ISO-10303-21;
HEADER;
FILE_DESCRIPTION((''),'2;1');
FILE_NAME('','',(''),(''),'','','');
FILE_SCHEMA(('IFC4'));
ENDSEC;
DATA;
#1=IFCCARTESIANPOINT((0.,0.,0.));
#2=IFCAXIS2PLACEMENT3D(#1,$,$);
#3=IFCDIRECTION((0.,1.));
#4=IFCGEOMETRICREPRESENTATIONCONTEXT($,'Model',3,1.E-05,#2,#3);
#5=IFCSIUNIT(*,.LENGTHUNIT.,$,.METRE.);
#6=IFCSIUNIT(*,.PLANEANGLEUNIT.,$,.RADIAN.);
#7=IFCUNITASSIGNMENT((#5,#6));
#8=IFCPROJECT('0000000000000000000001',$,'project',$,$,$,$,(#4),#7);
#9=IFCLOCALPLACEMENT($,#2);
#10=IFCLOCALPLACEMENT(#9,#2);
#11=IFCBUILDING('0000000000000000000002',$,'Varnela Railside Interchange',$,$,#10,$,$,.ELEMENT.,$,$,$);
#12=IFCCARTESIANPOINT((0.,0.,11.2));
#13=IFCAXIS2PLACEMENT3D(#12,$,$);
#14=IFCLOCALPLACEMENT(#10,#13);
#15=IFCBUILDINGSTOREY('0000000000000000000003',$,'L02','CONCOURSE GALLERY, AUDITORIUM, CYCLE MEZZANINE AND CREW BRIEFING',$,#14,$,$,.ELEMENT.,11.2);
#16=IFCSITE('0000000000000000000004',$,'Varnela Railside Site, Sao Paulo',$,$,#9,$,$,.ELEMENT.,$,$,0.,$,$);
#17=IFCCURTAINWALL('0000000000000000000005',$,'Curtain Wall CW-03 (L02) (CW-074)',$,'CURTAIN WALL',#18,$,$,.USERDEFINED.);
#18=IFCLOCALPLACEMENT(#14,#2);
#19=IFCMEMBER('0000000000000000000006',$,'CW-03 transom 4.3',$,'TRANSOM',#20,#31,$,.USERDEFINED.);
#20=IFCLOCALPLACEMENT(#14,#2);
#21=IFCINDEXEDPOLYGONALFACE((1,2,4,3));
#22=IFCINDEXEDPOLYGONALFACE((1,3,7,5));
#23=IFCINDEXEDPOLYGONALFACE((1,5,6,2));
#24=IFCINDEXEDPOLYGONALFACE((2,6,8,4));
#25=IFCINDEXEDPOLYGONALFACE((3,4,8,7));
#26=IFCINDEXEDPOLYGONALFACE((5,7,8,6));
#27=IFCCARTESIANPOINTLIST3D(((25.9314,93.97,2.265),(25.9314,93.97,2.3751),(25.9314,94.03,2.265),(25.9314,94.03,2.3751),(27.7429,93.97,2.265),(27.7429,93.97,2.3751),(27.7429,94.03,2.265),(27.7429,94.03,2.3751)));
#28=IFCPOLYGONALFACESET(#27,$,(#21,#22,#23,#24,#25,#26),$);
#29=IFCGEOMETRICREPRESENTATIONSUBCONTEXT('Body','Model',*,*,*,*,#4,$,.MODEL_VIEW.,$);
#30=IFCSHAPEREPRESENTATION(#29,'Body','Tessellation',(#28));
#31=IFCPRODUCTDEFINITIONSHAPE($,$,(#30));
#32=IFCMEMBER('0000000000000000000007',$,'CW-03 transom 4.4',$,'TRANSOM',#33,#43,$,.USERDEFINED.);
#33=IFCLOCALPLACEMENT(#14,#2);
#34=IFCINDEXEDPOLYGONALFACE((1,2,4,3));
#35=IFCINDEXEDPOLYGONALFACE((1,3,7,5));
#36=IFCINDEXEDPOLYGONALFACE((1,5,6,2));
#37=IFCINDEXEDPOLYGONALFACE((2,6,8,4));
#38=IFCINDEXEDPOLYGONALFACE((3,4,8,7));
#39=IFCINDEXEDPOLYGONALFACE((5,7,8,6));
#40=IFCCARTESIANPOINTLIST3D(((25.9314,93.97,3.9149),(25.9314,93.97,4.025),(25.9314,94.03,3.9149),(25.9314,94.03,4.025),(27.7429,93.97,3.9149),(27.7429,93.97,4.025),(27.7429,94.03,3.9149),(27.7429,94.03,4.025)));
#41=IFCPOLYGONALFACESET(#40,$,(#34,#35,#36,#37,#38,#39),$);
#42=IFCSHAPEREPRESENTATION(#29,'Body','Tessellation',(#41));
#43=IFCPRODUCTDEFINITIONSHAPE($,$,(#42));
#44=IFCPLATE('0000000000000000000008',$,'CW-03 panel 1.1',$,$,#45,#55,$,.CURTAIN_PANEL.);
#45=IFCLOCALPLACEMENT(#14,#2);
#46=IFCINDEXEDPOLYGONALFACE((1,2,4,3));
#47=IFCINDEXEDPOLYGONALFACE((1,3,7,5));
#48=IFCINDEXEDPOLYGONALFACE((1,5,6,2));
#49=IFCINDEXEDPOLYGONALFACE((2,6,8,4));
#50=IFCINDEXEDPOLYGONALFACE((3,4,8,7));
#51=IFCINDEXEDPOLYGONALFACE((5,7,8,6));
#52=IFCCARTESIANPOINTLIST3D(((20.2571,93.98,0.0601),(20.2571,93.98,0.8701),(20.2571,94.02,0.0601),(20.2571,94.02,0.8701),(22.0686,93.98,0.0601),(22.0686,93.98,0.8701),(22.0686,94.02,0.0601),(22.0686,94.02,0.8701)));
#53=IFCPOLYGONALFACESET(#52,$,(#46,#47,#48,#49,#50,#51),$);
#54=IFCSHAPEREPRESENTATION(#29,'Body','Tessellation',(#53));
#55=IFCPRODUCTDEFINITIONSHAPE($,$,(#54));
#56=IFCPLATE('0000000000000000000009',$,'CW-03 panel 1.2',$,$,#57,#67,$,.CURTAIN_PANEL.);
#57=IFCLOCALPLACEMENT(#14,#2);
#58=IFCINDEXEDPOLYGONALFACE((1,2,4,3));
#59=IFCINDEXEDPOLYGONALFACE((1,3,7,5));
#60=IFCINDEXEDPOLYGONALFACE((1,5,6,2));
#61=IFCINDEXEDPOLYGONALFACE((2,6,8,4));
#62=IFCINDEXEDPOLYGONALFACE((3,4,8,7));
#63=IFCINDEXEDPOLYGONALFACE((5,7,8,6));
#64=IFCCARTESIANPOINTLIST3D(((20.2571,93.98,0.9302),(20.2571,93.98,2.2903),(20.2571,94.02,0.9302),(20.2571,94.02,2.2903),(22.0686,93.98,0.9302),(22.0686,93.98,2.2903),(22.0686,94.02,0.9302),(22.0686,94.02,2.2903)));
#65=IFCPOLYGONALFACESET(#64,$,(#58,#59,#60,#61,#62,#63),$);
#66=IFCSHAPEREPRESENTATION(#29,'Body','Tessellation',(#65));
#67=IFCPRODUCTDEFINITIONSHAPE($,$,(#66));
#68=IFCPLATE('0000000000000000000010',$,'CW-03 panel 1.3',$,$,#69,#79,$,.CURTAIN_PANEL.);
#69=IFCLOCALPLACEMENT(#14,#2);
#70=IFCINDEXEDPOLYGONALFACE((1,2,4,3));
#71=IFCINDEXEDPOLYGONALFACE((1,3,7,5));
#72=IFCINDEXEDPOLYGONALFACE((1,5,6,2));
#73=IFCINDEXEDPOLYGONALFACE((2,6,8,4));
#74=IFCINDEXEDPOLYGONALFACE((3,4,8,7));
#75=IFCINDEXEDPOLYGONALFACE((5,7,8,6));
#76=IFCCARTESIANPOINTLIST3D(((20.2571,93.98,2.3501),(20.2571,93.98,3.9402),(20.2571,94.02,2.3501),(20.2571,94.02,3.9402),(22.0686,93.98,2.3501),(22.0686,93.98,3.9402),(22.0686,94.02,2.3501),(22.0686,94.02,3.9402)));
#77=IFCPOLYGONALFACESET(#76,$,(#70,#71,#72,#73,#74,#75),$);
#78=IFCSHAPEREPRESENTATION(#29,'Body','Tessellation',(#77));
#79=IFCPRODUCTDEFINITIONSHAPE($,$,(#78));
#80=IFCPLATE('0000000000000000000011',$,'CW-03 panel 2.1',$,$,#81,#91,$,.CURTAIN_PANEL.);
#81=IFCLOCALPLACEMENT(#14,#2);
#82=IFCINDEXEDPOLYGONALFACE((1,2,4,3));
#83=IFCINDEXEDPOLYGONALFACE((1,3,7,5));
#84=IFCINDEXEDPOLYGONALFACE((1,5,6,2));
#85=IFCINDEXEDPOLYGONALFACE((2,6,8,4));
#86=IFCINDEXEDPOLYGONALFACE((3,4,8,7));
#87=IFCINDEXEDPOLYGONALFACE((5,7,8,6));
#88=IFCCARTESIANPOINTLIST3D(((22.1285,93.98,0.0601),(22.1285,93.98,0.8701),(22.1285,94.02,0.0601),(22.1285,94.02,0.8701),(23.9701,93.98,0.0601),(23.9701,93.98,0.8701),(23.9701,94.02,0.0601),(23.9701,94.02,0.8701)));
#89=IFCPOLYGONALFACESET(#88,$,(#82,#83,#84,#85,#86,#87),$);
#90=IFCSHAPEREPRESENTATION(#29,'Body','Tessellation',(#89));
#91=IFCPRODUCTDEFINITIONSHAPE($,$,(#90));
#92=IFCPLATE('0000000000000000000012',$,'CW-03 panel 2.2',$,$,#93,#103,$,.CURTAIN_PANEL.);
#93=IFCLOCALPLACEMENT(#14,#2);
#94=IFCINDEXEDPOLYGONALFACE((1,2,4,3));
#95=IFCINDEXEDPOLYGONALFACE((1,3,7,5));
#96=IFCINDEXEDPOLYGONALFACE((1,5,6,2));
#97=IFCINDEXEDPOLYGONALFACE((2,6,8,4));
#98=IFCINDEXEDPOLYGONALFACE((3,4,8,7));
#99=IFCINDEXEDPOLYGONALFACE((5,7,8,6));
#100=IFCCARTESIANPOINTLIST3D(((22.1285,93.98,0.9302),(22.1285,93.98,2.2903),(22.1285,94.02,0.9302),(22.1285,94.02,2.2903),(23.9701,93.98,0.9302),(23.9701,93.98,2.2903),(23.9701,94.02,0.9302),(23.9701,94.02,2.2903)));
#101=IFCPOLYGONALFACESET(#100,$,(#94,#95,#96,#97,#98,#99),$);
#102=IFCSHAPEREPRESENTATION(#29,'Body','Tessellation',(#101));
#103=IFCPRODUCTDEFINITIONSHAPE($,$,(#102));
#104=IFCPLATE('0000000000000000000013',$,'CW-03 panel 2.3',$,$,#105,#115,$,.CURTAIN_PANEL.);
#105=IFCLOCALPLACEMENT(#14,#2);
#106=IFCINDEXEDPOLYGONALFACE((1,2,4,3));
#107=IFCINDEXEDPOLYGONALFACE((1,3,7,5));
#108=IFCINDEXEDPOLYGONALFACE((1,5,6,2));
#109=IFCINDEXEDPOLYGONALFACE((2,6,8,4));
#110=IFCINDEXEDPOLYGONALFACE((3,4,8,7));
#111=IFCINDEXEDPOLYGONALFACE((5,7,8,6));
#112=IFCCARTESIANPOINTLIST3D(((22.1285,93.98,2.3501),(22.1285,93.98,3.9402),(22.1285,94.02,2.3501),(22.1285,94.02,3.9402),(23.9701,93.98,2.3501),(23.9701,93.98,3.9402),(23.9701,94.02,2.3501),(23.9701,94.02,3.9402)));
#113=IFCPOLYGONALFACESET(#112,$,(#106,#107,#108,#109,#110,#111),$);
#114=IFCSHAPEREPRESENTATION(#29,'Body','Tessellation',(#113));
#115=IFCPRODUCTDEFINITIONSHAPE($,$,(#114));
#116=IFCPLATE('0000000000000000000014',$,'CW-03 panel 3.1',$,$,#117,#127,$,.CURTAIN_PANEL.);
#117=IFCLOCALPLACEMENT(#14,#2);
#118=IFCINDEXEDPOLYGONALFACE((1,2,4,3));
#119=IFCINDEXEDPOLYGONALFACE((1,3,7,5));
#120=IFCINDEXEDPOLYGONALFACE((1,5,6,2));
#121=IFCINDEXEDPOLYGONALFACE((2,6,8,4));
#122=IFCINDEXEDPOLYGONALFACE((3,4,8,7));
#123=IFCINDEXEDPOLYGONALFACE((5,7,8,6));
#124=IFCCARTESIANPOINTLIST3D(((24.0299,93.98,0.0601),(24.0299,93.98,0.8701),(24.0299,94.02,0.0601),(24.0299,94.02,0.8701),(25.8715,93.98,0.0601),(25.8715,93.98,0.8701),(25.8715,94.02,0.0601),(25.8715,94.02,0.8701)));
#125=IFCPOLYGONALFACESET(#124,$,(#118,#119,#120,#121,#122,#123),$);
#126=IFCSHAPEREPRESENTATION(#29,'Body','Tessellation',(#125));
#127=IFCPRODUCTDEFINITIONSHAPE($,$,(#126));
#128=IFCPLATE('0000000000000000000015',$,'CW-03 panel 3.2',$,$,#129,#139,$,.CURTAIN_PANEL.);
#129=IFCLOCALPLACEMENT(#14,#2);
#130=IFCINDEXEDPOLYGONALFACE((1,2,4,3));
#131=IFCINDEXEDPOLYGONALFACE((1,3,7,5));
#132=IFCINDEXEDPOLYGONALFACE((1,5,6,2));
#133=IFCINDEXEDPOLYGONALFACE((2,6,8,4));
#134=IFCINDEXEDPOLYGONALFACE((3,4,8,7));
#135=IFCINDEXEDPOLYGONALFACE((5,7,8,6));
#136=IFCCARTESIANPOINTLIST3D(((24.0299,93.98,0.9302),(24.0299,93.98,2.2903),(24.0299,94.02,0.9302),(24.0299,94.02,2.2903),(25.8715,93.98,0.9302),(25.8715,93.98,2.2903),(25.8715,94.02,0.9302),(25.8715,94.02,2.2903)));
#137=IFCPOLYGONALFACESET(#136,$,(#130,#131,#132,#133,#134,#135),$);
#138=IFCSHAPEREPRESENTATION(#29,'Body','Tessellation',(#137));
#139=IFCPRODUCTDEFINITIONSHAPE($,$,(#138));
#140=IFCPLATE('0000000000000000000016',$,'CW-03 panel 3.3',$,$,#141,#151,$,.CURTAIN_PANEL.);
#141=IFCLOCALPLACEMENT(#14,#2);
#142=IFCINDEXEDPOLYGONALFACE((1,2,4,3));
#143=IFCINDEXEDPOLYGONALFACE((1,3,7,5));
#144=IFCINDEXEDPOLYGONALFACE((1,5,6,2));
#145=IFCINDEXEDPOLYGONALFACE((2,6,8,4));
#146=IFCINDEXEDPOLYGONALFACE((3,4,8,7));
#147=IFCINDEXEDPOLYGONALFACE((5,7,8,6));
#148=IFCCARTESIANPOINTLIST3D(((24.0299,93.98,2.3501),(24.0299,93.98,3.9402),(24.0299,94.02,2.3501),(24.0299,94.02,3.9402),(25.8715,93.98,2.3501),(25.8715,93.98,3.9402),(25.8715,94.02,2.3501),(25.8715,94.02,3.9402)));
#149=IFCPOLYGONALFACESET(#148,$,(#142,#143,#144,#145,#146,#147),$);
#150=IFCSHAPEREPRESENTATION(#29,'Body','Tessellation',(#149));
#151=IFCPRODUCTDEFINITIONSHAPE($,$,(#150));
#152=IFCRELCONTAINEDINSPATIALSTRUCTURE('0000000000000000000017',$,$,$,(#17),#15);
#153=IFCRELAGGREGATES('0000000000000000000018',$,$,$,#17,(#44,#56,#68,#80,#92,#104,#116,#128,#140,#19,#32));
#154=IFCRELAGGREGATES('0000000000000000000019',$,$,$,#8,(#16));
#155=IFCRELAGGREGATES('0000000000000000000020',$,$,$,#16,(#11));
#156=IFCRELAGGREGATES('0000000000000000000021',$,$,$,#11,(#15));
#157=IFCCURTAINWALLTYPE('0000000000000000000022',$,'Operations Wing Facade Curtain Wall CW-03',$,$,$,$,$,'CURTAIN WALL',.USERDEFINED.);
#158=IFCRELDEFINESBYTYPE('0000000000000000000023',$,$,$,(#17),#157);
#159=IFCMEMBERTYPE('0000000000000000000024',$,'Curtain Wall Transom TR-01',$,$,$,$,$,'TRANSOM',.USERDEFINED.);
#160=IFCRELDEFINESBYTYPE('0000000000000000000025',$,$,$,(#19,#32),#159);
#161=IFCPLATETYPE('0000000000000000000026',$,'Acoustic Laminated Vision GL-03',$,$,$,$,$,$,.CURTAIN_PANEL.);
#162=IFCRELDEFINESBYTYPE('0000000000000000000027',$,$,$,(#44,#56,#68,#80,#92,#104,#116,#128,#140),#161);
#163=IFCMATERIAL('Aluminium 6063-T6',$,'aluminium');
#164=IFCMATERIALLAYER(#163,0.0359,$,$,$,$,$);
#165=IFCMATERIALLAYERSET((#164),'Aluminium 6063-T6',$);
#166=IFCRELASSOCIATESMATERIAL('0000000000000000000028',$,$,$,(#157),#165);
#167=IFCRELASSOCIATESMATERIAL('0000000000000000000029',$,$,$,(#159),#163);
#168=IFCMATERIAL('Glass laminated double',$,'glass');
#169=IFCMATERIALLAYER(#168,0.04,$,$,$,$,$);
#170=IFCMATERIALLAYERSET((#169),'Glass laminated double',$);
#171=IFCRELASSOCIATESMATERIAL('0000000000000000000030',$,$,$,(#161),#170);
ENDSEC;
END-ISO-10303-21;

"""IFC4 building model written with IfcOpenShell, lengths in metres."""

from ifc_helpers import new_model, si_unit, direction, frame, origin, origin_2d, place, context, subcontext, project, spatial, rectangle, extrude, material, layer, layer_set, material_profile, profile_set, type_object, element, aggregate, save


model = new_model("IFC4")

# Units and contexts
model_context = context("Model", 3, precision=1e-05, world=origin(), true_north=direction((0.0, 1.0)))
body_context = subcontext(model_context, "Body", "Model", "MODEL_VIEW")
ifc_project = project(units=[si_unit("LENGTHUNIT", "METRE"), si_unit("PLANEANGLEUNIT", "RADIAN")], contexts=[model_context])

# Site, building, storey
site_placement = place(None, origin())
site = spatial("IfcSite", under=ifc_project, at=site_placement, Name="Varnela Railside Site, Sao Paulo", CompositionType="ELEMENT", RefElevation=0.0)
building_placement = place(site_placement, origin())
building = spatial("IfcBuilding", under=site, at=building_placement, Name="Varnela Railside Interchange", CompositionType="ELEMENT")
storey_placement = place(building_placement, frame((0.0, 0.0, 11.2)))
storey = spatial("IfcBuildingStorey", under=building, at=storey_placement, Name="L02", Description="CONCOURSE GALLERY, AUDITORIUM, CYCLE MEZZANINE AND CREW BRIEFING", CompositionType="ELEMENT", Elevation=11.2)

# Curtain wall, members, plates
ifc_material_1 = material(Name="Aluminium 6063-T6", Category="aluminium")
ifc_layer_1 = layer(ifc_material_1, 0.0359)
ifc_layer_set_1 = layer_set([ifc_layer_1], Name="Aluminium 6063-T6")
curtain_wall_type = type_object("IfcCurtainWallType", Name="Operations Wing Facade Curtain Wall CW-03", ElementType="CURTAIN WALL", PredefinedType="USERDEFINED", material=ifc_layer_set_1)
curtain_wall_placement = place(storey_placement, origin())
curtain_wall = element("IfcCurtainWall", 1, at=curtain_wall_placement, inside=storey, type_object=curtain_wall_type, Name="Curtain Wall CW-03 (L02) (CW-074)", ObjectType="CURTAIN WALL", PredefinedType="USERDEFINED")
ifc_material_profile_1 = material_profile(ifc_material_1, rectangle(XDim=0.0601, YDim=0.1101, at=origin_2d()), Name="ALU 60x110")
ifc_profile_set_1 = profile_set([ifc_material_profile_1], Name="Aluminium 6063-T6")
member_type_1 = type_object("IfcMemberType", Name="Curtain Wall Transom TR-01", ElementType="TRANSOM", PredefinedType="USERDEFINED", material=ifc_profile_set_1)
member_1_placement = place(storey_placement, frame((25.9314, 94.0, 2.3201), z_axis=(1.0, 0.0, 0.0), x_axis=(0.0, 1.0, 0.0)))
member_1 = element("IfcMember", 2, at=member_1_placement, type_object=member_type_1, Name="CW-03 transom 4.3", ObjectType="TRANSOM", PredefinedType="USERDEFINED", context=body_context, shape_type="SweptSolid", body=[
    extrude(rectangle(XDim=0.0601, YDim=0.1101, at=origin_2d()), origin(), (0.0, 0.0, 1.0), 1.8115),
])
member_2_placement = place(storey_placement, frame((25.9314, 94.0, 3.97), z_axis=(1.0, 0.0, 0.0), x_axis=(0.0, 1.0, 0.0)))
member_2 = element("IfcMember", 3, at=member_2_placement, type_object=member_type_1, Name="CW-03 transom 4.4", ObjectType="TRANSOM", PredefinedType="USERDEFINED", context=body_context, shape_type="SweptSolid", body=[
    extrude(rectangle(XDim=0.0601, YDim=0.1101, at=origin_2d()), origin(), (0.0, 0.0, 1.0), 1.8115),
])
ifc_material_2 = material(Name="Glass laminated double", Category="glass")
ifc_layer_2 = layer(ifc_material_2, 0.04)
ifc_layer_set_2 = layer_set([ifc_layer_2], Name="Glass laminated double")
plate_type = type_object("IfcPlateType", Name="Acoustic Laminated Vision GL-03", PredefinedType="CURTAIN_PANEL", material=ifc_layer_set_2)
plate_1_placement = place(storey_placement, frame((21.1628, 94.0, 0.0601), z_axis=(0.0, 0.0, 1.0), x_axis=(1.0, 0.0, 0.0)))
plate_1 = element("IfcPlate", 4, at=plate_1_placement, type_object=plate_type, Name="CW-03 panel 1.1", PredefinedType="CURTAIN_PANEL", context=body_context, shape_type="SweptSolid", body=[
    extrude(rectangle(XDim=1.8115, YDim=0.04, at=origin_2d()), origin(), (0.0, 0.0, 1.0), 0.8101),
])
plate_2_placement = place(storey_placement, frame((21.1628, 94.0, 0.9302), z_axis=(0.0, 0.0, 1.0), x_axis=(1.0, 0.0, 0.0)))
plate_2 = element("IfcPlate", 5, at=plate_2_placement, type_object=plate_type, Name="CW-03 panel 1.2", PredefinedType="CURTAIN_PANEL", context=body_context, shape_type="SweptSolid", body=[
    extrude(rectangle(XDim=1.8115, YDim=0.04, at=origin_2d()), origin(), (0.0, 0.0, 1.0), 1.3601),
])
plate_3_placement = place(storey_placement, frame((21.1628, 94.0, 2.3501), z_axis=(0.0, 0.0, 1.0), x_axis=(1.0, 0.0, 0.0)))
plate_3 = element("IfcPlate", 6, at=plate_3_placement, type_object=plate_type, Name="CW-03 panel 1.3", PredefinedType="CURTAIN_PANEL", context=body_context, shape_type="SweptSolid", body=[
    extrude(rectangle(XDim=1.8115, YDim=0.04, at=origin_2d()), origin(), (0.0, 0.0, 1.0), 1.5901),
])
plate_4_placement = place(storey_placement, frame((23.0493, 94.0, 0.0601), z_axis=(0.0, 0.0, 1.0), x_axis=(1.0, 0.0, 0.0)))
plate_4 = element("IfcPlate", 7, at=plate_4_placement, type_object=plate_type, Name="CW-03 panel 2.1", PredefinedType="CURTAIN_PANEL", context=body_context, shape_type="SweptSolid", body=[
    extrude(rectangle(XDim=1.8416, YDim=0.04, at=origin_2d()), origin(), (0.0, 0.0, 1.0), 0.8101),
])
plate_5_placement = place(storey_placement, frame((23.0493, 94.0, 0.9302), z_axis=(0.0, 0.0, 1.0), x_axis=(1.0, 0.0, 0.0)))
plate_5 = element("IfcPlate", 8, at=plate_5_placement, type_object=plate_type, Name="CW-03 panel 2.2", PredefinedType="CURTAIN_PANEL", context=body_context, shape_type="SweptSolid", body=[
    extrude(rectangle(XDim=1.8416, YDim=0.04, at=origin_2d()), origin(), (0.0, 0.0, 1.0), 1.3601),
])
plate_6_placement = place(storey_placement, frame((23.0493, 94.0, 2.3501), z_axis=(0.0, 0.0, 1.0), x_axis=(1.0, 0.0, 0.0)))
plate_6 = element("IfcPlate", 9, at=plate_6_placement, type_object=plate_type, Name="CW-03 panel 2.3", PredefinedType="CURTAIN_PANEL", context=body_context, shape_type="SweptSolid", body=[
    extrude(rectangle(XDim=1.8416, YDim=0.04, at=origin_2d()), origin(), (0.0, 0.0, 1.0), 1.5901),
])
plate_7_placement = place(storey_placement, frame((24.9507, 94.0, 0.0601), z_axis=(0.0, 0.0, 1.0), x_axis=(1.0, 0.0, 0.0)))
plate_7 = element("IfcPlate", 10, at=plate_7_placement, type_object=plate_type, Name="CW-03 panel 3.1", PredefinedType="CURTAIN_PANEL", context=body_context, shape_type="SweptSolid", body=[
    extrude(rectangle(XDim=1.8416, YDim=0.04, at=origin_2d()), origin(), (0.0, 0.0, 1.0), 0.8101),
])
plate_8_placement = place(storey_placement, frame((24.9507, 94.0, 0.9302), z_axis=(0.0, 0.0, 1.0), x_axis=(1.0, 0.0, 0.0)))
plate_8 = element("IfcPlate", 11, at=plate_8_placement, type_object=plate_type, Name="CW-03 panel 3.2", PredefinedType="CURTAIN_PANEL", context=body_context, shape_type="SweptSolid", body=[
    extrude(rectangle(XDim=1.8416, YDim=0.04, at=origin_2d()), origin(), (0.0, 0.0, 1.0), 1.3601),
])
plate_9_placement = place(storey_placement, frame((24.9507, 94.0, 2.3501), z_axis=(0.0, 0.0, 1.0), x_axis=(1.0, 0.0, 0.0)))
plate_9 = element("IfcPlate", 12, at=plate_9_placement, type_object=plate_type, Name="CW-03 panel 3.3", PredefinedType="CURTAIN_PANEL", context=body_context, shape_type="SweptSolid", body=[
    extrude(rectangle(XDim=1.8416, YDim=0.04, at=origin_2d()), origin(), (0.0, 0.0, 1.0), 1.5901),
])
aggregate(curtain_wall, [plate_1, plate_2, plate_3, plate_4, plate_5, plate_6, plate_7, plate_8, plate_9, member_1, member_2])

save(model, "model.ifc")
